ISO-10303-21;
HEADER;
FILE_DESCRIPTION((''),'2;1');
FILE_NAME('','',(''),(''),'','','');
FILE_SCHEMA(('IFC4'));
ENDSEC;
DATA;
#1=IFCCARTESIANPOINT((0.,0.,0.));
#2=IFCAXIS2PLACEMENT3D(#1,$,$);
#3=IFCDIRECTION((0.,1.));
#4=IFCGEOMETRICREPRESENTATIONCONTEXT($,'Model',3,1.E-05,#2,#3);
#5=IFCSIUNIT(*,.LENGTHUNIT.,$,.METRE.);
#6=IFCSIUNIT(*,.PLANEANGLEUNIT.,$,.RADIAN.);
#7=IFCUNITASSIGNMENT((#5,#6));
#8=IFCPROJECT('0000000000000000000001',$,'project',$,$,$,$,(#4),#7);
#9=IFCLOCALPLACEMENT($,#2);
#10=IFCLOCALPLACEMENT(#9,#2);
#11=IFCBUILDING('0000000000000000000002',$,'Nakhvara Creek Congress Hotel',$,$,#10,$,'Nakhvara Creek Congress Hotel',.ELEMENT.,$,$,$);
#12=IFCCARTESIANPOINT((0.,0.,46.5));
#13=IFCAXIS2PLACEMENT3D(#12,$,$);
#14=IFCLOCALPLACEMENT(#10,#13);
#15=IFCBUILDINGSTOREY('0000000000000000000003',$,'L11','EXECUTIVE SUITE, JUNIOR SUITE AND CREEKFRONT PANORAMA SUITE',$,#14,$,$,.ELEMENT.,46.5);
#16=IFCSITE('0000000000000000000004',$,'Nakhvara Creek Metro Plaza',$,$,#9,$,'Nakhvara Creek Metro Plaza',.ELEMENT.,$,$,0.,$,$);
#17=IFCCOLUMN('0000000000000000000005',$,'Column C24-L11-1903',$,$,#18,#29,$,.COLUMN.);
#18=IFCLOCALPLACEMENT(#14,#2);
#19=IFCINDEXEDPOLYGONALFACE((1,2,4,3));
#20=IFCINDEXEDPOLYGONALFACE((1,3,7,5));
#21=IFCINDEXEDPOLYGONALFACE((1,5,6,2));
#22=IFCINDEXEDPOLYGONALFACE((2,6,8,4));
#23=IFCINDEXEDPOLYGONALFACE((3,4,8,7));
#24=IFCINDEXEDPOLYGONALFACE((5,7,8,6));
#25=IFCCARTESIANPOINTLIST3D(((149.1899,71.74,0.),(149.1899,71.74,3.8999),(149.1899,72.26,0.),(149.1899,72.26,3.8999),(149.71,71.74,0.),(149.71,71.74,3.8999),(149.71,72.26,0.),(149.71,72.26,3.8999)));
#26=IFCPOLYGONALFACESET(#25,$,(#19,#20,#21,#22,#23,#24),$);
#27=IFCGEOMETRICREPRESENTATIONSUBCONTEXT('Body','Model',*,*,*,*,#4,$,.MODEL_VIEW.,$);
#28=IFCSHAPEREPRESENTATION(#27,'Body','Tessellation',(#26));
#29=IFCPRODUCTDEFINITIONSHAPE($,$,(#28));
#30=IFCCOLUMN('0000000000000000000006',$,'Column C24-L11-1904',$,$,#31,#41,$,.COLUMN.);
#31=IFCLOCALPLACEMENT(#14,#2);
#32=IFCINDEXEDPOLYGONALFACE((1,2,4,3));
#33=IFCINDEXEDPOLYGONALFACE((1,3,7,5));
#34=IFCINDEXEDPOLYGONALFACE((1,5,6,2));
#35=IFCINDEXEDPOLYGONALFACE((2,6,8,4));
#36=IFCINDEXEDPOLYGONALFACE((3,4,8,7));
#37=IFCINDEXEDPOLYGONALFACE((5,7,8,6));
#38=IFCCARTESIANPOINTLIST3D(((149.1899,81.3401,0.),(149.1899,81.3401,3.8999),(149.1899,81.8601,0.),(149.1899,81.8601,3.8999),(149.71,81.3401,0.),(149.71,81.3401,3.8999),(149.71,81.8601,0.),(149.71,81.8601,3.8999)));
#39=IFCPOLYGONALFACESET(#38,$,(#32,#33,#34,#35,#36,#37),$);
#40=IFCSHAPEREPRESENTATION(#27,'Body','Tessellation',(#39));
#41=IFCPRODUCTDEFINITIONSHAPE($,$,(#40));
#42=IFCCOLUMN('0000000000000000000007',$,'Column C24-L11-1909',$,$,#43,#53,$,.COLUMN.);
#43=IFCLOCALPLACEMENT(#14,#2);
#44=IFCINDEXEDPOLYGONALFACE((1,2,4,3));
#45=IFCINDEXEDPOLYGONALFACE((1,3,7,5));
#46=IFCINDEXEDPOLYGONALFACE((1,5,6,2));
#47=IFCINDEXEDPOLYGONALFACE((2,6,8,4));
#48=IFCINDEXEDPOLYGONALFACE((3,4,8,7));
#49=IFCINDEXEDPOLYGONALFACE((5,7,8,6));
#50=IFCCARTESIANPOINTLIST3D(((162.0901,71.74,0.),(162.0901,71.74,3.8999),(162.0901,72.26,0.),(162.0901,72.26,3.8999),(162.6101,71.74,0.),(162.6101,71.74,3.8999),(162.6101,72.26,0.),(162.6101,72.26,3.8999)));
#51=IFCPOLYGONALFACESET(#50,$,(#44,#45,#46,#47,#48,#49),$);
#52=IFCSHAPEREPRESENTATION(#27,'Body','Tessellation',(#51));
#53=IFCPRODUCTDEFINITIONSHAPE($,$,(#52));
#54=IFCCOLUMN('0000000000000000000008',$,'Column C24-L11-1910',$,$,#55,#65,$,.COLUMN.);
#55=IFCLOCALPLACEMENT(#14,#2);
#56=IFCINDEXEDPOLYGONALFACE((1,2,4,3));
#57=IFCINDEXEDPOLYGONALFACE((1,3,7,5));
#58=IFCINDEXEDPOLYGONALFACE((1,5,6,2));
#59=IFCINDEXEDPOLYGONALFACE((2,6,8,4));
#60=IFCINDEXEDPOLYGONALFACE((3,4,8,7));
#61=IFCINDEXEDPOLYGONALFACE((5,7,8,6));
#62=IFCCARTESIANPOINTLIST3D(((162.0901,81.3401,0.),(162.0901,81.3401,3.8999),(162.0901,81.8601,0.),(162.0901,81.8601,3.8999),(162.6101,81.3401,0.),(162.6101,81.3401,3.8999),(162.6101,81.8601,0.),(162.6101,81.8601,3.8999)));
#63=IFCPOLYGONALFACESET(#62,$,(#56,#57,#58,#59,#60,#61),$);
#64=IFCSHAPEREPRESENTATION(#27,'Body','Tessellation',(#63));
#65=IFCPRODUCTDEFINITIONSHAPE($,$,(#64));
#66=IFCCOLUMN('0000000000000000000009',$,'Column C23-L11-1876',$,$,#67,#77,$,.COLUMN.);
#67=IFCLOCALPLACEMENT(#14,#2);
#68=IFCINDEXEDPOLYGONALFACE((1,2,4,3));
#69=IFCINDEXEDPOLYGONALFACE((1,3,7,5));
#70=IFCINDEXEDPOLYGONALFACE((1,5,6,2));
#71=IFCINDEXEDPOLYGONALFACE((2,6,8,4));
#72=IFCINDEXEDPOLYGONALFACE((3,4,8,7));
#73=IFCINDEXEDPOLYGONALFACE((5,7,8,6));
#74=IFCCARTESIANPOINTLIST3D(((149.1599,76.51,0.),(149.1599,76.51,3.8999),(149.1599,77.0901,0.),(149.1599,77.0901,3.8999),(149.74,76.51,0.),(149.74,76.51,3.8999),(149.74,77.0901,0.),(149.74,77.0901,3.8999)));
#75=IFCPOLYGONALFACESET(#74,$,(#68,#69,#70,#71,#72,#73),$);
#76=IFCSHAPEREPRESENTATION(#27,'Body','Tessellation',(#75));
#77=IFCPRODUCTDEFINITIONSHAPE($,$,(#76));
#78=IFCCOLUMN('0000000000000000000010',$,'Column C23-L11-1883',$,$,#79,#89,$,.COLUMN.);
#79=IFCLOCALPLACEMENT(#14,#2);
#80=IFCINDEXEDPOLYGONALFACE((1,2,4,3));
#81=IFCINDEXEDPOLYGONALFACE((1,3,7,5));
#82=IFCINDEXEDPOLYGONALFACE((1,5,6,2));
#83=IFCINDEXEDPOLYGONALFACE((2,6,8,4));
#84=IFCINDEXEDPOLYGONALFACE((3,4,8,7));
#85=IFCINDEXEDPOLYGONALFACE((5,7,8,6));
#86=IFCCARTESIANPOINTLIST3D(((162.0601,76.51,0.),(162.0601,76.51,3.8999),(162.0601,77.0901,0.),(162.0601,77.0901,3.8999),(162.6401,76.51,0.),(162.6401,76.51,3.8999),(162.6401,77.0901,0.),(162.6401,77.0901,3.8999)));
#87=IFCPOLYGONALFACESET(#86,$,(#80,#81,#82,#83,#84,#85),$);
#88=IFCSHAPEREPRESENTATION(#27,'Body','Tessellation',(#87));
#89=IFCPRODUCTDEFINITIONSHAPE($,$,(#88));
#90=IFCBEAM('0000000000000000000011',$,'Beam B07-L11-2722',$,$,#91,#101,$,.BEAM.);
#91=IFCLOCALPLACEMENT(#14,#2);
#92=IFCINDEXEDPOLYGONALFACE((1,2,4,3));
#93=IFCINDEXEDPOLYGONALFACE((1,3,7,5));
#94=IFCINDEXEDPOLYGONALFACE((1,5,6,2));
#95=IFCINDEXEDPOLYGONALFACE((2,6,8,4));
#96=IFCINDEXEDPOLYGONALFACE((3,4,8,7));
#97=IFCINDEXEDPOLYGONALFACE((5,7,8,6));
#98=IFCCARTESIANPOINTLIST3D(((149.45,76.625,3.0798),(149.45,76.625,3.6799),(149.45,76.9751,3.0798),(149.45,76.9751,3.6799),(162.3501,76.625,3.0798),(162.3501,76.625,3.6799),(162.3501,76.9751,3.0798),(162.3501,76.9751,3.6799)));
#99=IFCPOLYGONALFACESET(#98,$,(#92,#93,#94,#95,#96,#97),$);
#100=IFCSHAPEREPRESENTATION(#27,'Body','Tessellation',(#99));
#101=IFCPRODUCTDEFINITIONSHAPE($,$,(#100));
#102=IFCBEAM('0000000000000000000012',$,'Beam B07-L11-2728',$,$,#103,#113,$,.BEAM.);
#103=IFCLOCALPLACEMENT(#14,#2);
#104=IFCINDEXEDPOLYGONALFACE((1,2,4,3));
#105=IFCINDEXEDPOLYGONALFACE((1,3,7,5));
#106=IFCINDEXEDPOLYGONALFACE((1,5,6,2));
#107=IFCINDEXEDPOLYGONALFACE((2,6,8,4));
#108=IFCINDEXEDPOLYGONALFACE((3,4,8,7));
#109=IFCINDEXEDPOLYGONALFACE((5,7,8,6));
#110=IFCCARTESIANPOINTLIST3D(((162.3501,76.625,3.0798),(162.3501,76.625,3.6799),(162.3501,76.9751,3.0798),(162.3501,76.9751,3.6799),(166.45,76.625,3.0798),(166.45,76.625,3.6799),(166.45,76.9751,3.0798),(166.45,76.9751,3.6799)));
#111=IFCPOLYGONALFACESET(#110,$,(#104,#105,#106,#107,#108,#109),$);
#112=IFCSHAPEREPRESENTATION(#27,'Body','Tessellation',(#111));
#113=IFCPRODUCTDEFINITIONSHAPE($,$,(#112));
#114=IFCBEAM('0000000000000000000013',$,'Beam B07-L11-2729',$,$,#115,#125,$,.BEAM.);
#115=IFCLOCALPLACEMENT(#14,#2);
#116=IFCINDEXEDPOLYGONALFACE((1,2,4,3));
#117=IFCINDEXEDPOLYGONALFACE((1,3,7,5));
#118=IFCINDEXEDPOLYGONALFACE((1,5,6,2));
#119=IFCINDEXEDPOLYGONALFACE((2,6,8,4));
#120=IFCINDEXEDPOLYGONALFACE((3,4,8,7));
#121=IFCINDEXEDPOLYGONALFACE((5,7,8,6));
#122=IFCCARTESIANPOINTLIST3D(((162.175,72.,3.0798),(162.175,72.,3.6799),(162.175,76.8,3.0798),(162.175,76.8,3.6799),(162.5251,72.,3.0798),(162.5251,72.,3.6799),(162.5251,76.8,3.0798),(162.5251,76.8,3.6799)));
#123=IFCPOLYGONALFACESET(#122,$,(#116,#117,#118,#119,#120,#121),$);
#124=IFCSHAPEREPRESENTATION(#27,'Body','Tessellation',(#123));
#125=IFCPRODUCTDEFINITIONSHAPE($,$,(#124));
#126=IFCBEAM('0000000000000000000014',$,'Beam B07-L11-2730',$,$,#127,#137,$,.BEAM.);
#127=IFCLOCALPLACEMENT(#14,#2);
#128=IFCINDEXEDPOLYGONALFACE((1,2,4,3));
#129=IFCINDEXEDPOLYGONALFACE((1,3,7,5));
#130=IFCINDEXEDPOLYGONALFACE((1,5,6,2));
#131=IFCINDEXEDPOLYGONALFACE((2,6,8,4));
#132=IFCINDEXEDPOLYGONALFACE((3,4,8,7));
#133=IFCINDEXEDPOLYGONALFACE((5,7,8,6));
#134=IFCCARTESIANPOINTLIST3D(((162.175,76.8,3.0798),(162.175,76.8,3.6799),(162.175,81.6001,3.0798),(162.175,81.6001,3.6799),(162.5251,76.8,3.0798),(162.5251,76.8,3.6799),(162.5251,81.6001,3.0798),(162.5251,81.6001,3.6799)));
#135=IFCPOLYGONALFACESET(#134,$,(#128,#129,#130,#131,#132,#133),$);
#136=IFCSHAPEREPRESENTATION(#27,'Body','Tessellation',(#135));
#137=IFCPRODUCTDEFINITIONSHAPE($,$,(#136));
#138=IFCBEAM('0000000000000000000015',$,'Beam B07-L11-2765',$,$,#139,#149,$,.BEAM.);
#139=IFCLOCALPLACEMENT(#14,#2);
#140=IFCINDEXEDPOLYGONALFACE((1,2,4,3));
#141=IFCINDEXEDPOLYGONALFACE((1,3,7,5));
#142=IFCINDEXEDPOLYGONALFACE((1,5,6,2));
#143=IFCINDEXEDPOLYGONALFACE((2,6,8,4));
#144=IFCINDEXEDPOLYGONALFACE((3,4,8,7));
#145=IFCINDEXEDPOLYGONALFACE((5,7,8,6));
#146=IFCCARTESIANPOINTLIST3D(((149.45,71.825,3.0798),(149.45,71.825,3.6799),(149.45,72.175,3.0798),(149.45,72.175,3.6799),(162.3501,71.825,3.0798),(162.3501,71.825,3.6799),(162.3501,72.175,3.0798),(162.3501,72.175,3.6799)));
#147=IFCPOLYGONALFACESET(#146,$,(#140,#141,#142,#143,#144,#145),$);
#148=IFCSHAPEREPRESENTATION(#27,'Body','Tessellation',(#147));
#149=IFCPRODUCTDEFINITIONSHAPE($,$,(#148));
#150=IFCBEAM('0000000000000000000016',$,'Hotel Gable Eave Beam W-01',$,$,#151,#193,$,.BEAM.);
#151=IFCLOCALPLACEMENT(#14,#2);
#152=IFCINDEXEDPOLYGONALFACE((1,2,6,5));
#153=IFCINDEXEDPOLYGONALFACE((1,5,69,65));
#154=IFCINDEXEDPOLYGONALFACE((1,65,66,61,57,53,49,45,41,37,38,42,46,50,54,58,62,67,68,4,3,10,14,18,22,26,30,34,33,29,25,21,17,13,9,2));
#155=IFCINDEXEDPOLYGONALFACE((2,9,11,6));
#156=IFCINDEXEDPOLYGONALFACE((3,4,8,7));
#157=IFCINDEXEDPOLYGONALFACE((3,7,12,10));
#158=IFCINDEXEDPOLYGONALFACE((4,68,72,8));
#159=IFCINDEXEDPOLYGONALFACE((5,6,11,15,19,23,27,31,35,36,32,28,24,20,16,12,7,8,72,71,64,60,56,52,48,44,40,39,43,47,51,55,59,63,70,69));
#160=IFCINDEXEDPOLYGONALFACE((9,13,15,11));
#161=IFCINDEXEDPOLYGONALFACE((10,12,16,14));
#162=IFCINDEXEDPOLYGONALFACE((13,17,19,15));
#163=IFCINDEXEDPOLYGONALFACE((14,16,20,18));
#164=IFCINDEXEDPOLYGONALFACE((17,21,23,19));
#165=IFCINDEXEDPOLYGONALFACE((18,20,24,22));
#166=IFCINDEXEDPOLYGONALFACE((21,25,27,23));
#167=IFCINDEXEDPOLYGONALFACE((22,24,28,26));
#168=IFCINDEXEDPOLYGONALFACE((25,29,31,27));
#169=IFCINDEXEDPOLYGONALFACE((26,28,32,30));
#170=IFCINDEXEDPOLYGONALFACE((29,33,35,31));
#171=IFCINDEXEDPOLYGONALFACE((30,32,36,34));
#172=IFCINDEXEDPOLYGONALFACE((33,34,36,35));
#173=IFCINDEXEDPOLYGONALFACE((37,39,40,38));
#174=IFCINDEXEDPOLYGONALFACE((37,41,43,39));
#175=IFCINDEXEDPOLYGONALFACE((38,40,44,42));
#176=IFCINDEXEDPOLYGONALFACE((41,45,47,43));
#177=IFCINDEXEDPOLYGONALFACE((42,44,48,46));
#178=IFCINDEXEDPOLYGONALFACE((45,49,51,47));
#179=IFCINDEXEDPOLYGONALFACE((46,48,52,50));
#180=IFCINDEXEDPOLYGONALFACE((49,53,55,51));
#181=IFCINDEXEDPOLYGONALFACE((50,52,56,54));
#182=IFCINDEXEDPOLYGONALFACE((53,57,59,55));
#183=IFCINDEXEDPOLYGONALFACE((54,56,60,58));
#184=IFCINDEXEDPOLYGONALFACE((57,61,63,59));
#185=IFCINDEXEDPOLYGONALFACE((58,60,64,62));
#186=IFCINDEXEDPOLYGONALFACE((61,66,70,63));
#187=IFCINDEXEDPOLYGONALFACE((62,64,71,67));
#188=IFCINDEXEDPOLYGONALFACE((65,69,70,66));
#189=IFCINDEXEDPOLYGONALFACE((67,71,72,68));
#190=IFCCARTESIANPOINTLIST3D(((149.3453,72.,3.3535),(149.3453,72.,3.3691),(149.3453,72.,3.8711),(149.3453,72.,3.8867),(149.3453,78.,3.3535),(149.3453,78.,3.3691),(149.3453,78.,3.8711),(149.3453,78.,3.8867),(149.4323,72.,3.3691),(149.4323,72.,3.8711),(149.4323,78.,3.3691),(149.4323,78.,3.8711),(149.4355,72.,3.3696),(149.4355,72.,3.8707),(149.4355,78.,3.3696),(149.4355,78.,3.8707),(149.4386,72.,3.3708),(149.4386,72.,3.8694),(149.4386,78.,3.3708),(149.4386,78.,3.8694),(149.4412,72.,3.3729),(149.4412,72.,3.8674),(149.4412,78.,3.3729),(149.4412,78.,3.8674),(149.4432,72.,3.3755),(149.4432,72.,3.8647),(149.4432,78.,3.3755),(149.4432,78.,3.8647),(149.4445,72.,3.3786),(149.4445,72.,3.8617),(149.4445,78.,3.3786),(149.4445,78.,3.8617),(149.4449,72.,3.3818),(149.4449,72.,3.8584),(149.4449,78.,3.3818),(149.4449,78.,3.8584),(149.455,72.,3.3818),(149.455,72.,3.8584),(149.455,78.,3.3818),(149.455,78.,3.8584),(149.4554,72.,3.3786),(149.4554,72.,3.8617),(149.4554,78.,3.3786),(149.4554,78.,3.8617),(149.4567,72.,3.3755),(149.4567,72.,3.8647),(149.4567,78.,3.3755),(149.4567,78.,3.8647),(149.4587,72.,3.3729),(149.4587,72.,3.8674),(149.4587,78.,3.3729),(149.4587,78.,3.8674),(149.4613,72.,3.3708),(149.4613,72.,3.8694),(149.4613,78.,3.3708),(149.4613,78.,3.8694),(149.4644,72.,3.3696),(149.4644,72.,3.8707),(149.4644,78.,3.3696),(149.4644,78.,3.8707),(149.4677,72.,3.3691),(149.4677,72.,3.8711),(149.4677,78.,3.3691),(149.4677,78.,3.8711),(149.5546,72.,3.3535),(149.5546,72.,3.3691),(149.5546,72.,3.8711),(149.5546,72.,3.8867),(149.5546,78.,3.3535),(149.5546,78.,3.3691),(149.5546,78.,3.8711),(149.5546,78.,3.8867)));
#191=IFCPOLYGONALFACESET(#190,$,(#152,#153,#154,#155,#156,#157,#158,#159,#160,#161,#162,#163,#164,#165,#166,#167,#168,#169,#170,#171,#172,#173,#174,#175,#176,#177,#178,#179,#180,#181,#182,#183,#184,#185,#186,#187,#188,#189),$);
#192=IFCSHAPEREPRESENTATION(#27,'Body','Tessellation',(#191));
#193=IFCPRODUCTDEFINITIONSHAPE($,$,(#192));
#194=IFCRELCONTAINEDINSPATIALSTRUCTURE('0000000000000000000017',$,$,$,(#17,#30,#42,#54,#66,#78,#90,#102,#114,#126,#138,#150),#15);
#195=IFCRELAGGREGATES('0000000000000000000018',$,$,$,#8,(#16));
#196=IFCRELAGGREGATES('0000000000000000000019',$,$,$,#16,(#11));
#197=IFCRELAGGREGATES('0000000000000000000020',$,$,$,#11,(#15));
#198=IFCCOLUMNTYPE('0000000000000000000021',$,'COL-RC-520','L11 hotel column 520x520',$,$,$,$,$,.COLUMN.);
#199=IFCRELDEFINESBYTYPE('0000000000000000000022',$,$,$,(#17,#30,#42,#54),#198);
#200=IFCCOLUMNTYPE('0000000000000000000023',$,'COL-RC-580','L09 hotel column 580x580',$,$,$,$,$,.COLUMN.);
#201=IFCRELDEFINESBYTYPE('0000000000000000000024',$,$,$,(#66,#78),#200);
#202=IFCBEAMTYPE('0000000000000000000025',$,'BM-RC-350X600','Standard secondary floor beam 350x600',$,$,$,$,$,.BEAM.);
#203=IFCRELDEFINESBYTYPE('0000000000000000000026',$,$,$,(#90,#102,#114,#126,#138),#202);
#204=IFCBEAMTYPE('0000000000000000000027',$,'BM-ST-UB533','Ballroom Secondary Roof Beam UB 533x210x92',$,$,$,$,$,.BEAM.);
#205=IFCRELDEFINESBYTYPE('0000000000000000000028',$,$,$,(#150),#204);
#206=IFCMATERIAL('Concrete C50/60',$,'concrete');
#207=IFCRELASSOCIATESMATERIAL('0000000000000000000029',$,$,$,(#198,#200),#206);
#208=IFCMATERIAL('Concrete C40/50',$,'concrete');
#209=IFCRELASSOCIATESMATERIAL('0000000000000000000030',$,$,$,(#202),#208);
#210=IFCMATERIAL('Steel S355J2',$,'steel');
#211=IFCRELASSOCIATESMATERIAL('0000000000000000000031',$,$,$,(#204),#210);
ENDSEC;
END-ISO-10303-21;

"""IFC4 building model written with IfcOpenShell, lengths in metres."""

from ifc_helpers import new_model, si_unit, direction, frame, origin, origin_2d, place, context, subcontext, project, spatial, rectangle, i_section, extrude, material, material_profile, profile_set, type_object, element, save


model = new_model("IFC4")

# Units and contexts
model_context = context("Model", 3, precision=1e-05, world=origin(), true_north=direction((0.0, 1.0)))
body_context = subcontext(model_context, "Body", "Model", "MODEL_VIEW")
ifc_project = project(units=[si_unit("LENGTHUNIT", "METRE"), si_unit("PLANEANGLEUNIT", "RADIAN")], contexts=[model_context])

# Site, building, storey
site_placement = place(None, origin())
site = spatial("IfcSite", under=ifc_project, at=site_placement, Name="Nakhvara Creek Metro Plaza", LongName="Nakhvara Creek Metro Plaza", CompositionType="ELEMENT", RefElevation=0.0)
building_placement = place(site_placement, origin())
building = spatial("IfcBuilding", under=site, at=building_placement, Name="Nakhvara Creek Congress Hotel", LongName="Nakhvara Creek Congress Hotel", CompositionType="ELEMENT")
storey_placement = place(building_placement, frame((0.0, 0.0, 46.5)))
storey = spatial("IfcBuildingStorey", under=building, at=storey_placement, Name="L11", Description="EXECUTIVE SUITE, JUNIOR SUITE AND CREEKFRONT PANORAMA SUITE", CompositionType="ELEMENT", Elevation=46.5)

# Columns
ifc_material_1 = material(Name="Concrete C50/60", Category="concrete")
ifc_material_profile_1 = material_profile(ifc_material_1, rectangle(XDim=0.52, YDim=0.52, at=origin_2d()), Name="RC-COL 520x520", Category="LoadBearing")
ifc_profile_set_1 = profile_set([ifc_material_profile_1], Name="Concrete C50/60")
column_type_1 = type_object("IfcColumnType", Name="COL-RC-520", Description="L11 hotel column 520x520", PredefinedType="COLUMN", material=ifc_profile_set_1)
for number, where, z_axis, x_axis, name in (
    (1, (149.45, 72.0, 0.0), (0.0, 0.0, 1.0), (1.0, 0.0, 0.0), "Column C24-L11-1903"),
    (2, (149.45, 81.6001, 0.0), (0.0, 0.0, 1.0), (1.0, 0.0, 0.0), "Column C24-L11-1904"),
    (3, (162.3501, 72.0, 0.0), (0.0, 0.0, 1.0), (1.0, 0.0, 0.0), "Column C24-L11-1909"),
    (4, (162.3501, 81.6001, 0.0), (0.0, 0.0, 1.0), (1.0, 0.0, 0.0), "Column C24-L11-1910"),
):
    element("IfcColumn", number, at=place(storey_placement, frame(where, z_axis=z_axis, x_axis=x_axis)), inside=storey, type_object=column_type_1, Name=name, PredefinedType="COLUMN", context=body_context, shape_type="SweptSolid", body=[
        extrude(rectangle(XDim=0.52, YDim=0.52, at=origin_2d()), origin(), (0.0, 0.0, 1.0), 3.8999),
    ])
ifc_material_profile_2 = material_profile(ifc_material_1, rectangle(XDim=0.5801, YDim=0.5801, at=origin_2d()), Name="RC-COL 580x580", Category="LoadBearing")
ifc_profile_set_2 = profile_set([ifc_material_profile_2], Name="Concrete C50/60")
column_type_2 = type_object("IfcColumnType", Name="COL-RC-580", Description="L09 hotel column 580x580", PredefinedType="COLUMN", material=ifc_profile_set_2)
for number, where, z_axis, x_axis, name in (
    (5, (149.45, 76.8, 0.0), (0.0, 0.0, 1.0), (1.0, 0.0, 0.0), "Column C23-L11-1876"),
    (6, (162.3501, 76.8, 0.0), (0.0, 0.0, 1.0), (1.0, 0.0, 0.0), "Column C23-L11-1883"),
):
    element("IfcColumn", number, at=place(storey_placement, frame(where, z_axis=z_axis, x_axis=x_axis)), inside=storey, type_object=column_type_2, Name=name, PredefinedType="COLUMN", context=body_context, shape_type="SweptSolid", body=[
        extrude(rectangle(XDim=0.5801, YDim=0.5801, at=origin_2d()), origin(), (0.0, 0.0, 1.0), 3.8999),
    ])

# Beams
ifc_material_2 = material(Name="Concrete C40/50", Category="concrete")
ifc_material_profile_3 = material_profile(ifc_material_2, rectangle(XDim=0.3501, YDim=0.6001, at=origin_2d()), Name="RC-BM 350x600", Category="LoadBearing")
ifc_profile_set_3 = profile_set([ifc_material_profile_3], Name="Concrete C40/50")
beam_type_1 = type_object("IfcBeamType", Name="BM-RC-350X600", Description="Standard secondary floor beam 350x600", PredefinedType="BEAM", material=ifc_profile_set_3)
beam_1_placement = place(storey_placement, frame((149.45, 76.8, 3.3799), z_axis=(1.0, 0.0, 0.0), x_axis=(0.0, 1.0, 0.0)))
element("IfcBeam", 7, at=beam_1_placement, inside=storey, type_object=beam_type_1, Name="Beam B07-L11-2722", PredefinedType="BEAM", context=body_context, shape_type="SweptSolid", body=[
    extrude(rectangle(XDim=0.3501, YDim=0.6001, at=origin_2d()), origin(), (0.0, 0.0, 1.0), 12.9001),
])
beam_2_placement = place(storey_placement, frame((162.3501, 76.8, 3.3799), z_axis=(1.0, 0.0, 0.0), x_axis=(0.0, 1.0, 0.0)))
element("IfcBeam", 8, at=beam_2_placement, inside=storey, type_object=beam_type_1, Name="Beam B07-L11-2728", PredefinedType="BEAM", context=body_context, shape_type="SweptSolid", body=[
    extrude(rectangle(XDim=0.3501, YDim=0.6001, at=origin_2d()), origin(), (0.0, 0.0, 1.0), 4.0999),
])
for number, where, z_axis, x_axis, name in (
    (9, (162.3501, 72.0, 3.3799), (0.0, 1.0, 0.0), (-1.0, 0.0, 0.0), "Beam B07-L11-2729"),
    (10, (162.3501, 76.8, 3.3799), (0.0, 1.0, 0.0), (-1.0, 0.0, 0.0), "Beam B07-L11-2730"),
):
    element("IfcBeam", number, at=place(storey_placement, frame(where, z_axis=z_axis, x_axis=x_axis)), inside=storey, type_object=beam_type_1, Name=name, PredefinedType="BEAM", context=body_context, shape_type="SweptSolid", body=[
        extrude(rectangle(XDim=0.3501, YDim=0.6001, at=origin_2d()), origin(), (0.0, 0.0, 1.0), 4.8),
    ])
beam_3_placement = place(storey_placement, frame((149.45, 72.0, 3.3799), z_axis=(1.0, 0.0, 0.0), x_axis=(0.0, 1.0, 0.0)))
element("IfcBeam", 11, at=beam_3_placement, inside=storey, type_object=beam_type_1, Name="Beam B07-L11-2765", PredefinedType="BEAM", context=body_context, shape_type="SweptSolid", body=[
    extrude(rectangle(XDim=0.3501, YDim=0.6001, at=origin_2d()), origin(), (0.0, 0.0, 1.0), 12.9001),
])
ifc_material_3 = material(Name="Steel S355J2", Category="steel")
ifc_material_profile_4 = material_profile(ifc_material_3, i_section(OverallWidth=0.2092, OverallDepth=0.5332, WebThickness=0.01, FlangeThickness=0.0156, FilletRadius=0.0127, at=origin_2d()), Name="UB 533x210x92", Category="LoadBearing")
ifc_profile_set_4 = profile_set([ifc_material_profile_4], Name="Steel S355J2")
beam_type_2 = type_object("IfcBeamType", Name="BM-ST-UB533", Description="Ballroom Secondary Roof Beam UB 533x210x92", PredefinedType="BEAM", material=ifc_profile_set_4)
beam_4_placement = place(storey_placement, frame((149.45, 72.0, 3.6201), z_axis=(0.0, 1.0, 0.0), x_axis=(-1.0, 0.0, 0.0)))
element("IfcBeam", 12, at=beam_4_placement, inside=storey, type_object=beam_type_2, Name="Hotel Gable Eave Beam W-01", PredefinedType="BEAM", context=body_context, shape_type="SweptSolid", body=[
    extrude(i_section(OverallWidth=0.2092, OverallDepth=0.5332, WebThickness=0.01, FlangeThickness=0.0156, FilletRadius=0.0127, at=origin_2d()), origin(), (0.0, 0.0, 1.0), 6.0),
])

save(model, "model.ifc")
